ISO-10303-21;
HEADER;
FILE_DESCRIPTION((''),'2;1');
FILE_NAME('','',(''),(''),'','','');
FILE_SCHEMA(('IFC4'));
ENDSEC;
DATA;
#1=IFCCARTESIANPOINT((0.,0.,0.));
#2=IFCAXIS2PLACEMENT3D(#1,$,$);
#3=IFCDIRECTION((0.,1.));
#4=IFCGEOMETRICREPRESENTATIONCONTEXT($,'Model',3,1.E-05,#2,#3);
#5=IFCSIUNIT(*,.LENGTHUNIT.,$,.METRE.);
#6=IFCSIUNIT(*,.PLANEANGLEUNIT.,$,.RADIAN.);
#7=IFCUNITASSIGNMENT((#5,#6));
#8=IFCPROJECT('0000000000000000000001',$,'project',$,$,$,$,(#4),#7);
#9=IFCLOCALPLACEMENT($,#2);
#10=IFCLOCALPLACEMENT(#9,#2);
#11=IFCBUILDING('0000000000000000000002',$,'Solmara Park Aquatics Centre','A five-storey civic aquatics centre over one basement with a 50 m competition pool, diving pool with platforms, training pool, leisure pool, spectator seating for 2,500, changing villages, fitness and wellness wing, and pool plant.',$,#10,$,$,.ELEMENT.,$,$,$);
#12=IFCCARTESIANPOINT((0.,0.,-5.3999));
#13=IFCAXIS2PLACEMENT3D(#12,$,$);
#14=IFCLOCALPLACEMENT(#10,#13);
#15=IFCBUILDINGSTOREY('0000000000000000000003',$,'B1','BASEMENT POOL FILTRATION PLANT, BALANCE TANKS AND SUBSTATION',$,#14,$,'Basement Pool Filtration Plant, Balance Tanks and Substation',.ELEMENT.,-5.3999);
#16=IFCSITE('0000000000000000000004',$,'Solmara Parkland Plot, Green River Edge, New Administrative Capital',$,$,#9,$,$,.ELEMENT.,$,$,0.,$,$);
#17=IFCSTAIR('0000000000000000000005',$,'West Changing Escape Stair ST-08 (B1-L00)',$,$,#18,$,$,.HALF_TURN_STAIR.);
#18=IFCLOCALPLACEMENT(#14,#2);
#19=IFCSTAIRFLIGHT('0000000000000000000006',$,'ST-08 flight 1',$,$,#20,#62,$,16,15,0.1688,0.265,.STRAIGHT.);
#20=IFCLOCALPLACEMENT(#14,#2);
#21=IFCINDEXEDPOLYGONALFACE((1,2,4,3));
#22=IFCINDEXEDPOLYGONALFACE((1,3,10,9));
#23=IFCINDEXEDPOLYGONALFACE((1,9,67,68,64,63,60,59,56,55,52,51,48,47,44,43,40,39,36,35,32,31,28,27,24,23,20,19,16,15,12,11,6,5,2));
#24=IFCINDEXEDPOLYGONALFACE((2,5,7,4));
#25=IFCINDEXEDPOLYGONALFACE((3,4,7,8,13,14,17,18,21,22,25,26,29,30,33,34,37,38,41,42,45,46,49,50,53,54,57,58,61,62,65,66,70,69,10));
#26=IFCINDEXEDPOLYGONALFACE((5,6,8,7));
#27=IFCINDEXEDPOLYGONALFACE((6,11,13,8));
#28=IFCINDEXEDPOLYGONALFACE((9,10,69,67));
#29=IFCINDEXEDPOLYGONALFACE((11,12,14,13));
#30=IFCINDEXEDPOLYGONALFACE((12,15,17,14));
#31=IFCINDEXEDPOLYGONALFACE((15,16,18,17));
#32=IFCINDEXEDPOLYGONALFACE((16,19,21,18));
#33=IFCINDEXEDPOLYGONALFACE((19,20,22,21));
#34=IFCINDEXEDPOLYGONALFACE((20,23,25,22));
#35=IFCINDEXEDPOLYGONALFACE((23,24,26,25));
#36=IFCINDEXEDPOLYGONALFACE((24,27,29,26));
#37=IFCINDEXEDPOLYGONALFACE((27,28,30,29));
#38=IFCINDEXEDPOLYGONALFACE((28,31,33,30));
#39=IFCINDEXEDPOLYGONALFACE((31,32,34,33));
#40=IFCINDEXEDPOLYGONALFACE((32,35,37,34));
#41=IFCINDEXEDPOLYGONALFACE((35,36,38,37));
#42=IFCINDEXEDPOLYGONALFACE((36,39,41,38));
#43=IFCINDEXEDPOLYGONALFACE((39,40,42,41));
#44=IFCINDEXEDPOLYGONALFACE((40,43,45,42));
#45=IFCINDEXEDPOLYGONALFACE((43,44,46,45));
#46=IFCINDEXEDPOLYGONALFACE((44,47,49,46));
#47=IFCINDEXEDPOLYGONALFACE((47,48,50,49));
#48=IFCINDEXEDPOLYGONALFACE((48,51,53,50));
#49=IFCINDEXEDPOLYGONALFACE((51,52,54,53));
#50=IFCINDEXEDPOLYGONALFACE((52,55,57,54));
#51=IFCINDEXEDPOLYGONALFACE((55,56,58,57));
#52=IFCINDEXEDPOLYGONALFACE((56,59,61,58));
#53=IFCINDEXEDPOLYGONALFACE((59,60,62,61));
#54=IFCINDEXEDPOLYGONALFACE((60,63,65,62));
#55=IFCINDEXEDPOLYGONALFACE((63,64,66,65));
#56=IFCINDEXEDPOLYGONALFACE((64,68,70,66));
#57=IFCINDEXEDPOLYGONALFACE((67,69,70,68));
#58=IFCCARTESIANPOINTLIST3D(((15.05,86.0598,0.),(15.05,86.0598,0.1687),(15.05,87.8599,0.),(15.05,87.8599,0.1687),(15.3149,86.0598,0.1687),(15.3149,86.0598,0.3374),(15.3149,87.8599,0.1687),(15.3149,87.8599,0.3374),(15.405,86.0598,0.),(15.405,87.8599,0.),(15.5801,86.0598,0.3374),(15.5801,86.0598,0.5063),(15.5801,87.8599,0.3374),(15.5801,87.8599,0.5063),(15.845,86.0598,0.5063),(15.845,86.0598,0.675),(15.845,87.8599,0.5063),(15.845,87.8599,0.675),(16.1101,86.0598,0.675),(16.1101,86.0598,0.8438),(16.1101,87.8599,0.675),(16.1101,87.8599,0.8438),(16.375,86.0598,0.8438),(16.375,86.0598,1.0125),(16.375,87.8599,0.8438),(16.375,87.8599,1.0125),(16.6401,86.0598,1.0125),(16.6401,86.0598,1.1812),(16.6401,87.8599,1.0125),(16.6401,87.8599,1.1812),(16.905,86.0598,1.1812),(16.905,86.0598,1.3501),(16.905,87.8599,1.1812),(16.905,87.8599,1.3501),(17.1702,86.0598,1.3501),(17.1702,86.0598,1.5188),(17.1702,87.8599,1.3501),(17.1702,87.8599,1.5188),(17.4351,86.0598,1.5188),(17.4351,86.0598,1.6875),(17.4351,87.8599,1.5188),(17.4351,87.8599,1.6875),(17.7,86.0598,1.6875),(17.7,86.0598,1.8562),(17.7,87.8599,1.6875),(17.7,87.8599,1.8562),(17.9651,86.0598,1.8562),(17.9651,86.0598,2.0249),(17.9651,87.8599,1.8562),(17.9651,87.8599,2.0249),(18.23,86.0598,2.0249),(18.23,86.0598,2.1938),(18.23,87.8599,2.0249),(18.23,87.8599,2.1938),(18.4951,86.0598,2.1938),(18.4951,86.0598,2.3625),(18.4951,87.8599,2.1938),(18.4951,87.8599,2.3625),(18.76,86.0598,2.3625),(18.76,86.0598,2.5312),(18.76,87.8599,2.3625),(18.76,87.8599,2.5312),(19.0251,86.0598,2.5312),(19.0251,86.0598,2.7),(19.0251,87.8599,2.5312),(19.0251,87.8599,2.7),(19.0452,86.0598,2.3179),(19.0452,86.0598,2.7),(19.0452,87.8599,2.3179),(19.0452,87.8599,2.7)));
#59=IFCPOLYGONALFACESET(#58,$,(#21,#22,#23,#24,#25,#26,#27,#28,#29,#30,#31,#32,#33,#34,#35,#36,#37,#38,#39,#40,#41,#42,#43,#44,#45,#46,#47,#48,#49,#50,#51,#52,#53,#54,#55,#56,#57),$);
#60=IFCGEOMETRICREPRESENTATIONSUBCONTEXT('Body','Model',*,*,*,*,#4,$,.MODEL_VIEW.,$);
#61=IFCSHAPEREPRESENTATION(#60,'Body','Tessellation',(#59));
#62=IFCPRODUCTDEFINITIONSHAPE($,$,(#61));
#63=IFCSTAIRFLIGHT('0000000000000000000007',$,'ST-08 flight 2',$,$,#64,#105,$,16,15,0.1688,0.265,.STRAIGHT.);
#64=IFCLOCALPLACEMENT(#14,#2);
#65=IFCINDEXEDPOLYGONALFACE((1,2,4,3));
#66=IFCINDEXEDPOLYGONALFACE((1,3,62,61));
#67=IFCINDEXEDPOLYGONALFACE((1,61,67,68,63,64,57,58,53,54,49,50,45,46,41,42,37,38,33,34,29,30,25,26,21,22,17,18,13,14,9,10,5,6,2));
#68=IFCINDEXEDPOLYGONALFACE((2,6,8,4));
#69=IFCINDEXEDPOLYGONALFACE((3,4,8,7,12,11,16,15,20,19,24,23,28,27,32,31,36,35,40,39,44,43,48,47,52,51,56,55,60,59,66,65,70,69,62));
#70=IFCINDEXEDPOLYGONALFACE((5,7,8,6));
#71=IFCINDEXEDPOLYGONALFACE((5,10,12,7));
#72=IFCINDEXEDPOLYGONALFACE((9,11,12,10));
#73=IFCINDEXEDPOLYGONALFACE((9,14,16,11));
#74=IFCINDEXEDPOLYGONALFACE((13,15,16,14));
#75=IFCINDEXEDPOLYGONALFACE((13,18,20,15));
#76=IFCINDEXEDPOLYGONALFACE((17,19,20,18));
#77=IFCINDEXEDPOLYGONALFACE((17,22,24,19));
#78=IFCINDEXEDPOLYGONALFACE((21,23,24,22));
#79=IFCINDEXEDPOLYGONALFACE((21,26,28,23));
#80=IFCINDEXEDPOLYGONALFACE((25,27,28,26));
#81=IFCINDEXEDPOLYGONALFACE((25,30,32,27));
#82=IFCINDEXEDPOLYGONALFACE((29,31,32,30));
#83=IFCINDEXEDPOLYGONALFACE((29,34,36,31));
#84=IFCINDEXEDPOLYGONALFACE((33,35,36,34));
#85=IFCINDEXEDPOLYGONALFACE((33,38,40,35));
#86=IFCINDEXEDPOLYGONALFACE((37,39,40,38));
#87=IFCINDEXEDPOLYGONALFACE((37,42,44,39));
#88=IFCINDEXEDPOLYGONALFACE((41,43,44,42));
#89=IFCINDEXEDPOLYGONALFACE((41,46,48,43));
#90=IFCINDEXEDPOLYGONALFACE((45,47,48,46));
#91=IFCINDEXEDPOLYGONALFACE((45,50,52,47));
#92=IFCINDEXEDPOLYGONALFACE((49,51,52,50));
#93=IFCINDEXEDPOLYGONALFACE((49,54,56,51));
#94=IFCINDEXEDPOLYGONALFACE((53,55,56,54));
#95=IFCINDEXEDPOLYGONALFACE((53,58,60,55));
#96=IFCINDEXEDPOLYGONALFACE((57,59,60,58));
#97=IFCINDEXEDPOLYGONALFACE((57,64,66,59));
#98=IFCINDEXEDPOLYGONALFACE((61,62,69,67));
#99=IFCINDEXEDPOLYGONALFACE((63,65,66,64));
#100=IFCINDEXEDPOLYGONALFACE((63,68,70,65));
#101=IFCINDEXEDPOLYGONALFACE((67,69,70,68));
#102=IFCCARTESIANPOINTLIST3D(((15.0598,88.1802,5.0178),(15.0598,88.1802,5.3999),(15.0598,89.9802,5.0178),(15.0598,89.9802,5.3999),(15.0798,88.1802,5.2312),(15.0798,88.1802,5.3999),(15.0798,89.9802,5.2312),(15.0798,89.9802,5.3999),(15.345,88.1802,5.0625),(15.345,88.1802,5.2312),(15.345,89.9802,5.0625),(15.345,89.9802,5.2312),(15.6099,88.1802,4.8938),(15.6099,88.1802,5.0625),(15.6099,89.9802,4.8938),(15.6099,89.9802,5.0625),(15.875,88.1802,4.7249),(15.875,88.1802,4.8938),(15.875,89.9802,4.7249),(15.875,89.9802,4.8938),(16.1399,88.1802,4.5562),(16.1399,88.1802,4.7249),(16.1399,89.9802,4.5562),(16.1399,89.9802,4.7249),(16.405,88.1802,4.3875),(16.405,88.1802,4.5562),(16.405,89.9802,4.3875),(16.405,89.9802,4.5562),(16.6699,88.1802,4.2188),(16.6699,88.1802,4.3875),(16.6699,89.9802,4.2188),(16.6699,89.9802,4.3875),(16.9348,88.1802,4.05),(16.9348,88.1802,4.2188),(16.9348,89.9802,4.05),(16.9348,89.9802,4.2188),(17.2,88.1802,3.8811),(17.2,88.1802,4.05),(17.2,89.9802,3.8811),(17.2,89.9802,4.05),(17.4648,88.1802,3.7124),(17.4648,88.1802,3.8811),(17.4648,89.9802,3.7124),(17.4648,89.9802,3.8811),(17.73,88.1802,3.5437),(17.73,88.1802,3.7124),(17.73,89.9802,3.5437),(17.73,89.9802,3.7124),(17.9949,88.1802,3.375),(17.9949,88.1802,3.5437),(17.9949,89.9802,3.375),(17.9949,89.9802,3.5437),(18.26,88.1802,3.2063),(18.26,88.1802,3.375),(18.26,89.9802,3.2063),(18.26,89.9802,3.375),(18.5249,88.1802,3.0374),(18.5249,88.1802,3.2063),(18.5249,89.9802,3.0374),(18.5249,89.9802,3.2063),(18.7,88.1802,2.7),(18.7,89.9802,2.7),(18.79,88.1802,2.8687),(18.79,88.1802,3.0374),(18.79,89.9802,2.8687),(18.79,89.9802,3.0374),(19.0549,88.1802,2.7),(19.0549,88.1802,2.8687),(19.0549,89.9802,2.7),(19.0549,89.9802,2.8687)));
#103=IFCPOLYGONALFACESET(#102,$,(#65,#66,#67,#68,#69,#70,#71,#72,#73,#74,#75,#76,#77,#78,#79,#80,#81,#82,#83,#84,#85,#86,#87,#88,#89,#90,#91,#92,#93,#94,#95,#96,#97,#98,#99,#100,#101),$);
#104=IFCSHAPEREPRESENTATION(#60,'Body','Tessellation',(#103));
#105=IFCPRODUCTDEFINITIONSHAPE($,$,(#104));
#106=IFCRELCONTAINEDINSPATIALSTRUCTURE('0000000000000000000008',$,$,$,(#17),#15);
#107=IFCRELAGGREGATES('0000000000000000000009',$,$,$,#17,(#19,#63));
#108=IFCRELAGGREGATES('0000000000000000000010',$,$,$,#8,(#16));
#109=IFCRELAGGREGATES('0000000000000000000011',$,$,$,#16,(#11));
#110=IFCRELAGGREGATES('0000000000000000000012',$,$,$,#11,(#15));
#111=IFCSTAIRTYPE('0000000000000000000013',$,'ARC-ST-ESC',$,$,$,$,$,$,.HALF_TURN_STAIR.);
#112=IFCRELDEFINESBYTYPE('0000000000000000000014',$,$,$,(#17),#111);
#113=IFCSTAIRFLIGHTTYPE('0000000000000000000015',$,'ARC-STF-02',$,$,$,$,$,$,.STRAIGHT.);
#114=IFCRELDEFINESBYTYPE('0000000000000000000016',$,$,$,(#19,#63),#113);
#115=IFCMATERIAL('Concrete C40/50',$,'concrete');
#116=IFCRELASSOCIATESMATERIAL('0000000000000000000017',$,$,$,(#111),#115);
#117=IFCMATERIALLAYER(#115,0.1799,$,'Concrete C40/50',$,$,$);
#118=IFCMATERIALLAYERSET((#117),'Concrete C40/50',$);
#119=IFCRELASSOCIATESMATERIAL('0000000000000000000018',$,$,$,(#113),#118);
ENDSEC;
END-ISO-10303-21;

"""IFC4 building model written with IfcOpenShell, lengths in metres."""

from ifc_helpers import new_model, si_unit, direction, frame, origin, place, context, subcontext, project, spatial, polyline, outline, extrude, material, layer, layer_set, type_object, element, aggregate, save


model = new_model("IFC4")

# Units and contexts
model_context = context("Model", 3, precision=1e-05, world=origin(), true_north=direction((0.0, 1.0)))
body_context = subcontext(model_context, "Body", "Model", "MODEL_VIEW")
ifc_project = project(units=[si_unit("LENGTHUNIT", "METRE"), si_unit("PLANEANGLEUNIT", "RADIAN")], contexts=[model_context])

# Site, building, storey
site_placement = place(None, origin())
site = spatial("IfcSite", under=ifc_project, at=site_placement, Name="Solmara Parkland Plot, Green River Edge, New Administrative Capital", CompositionType="ELEMENT", RefElevation=0.0)
building_placement = place(site_placement, origin())
building = spatial("IfcBuilding", under=site, at=building_placement, Name="Solmara Park Aquatics Centre", Description="A five-storey civic aquatics centre over one basement with a 50 m competition pool, diving pool with platforms, training pool, leisure pool, spectator seating for 2,500, changing villages, fitness and wellness wing, and pool plant.", CompositionType="ELEMENT")
storey_placement = place(building_placement, frame((0.0, 0.0, -5.3999)))
storey = spatial("IfcBuildingStorey", under=building, at=storey_placement, Name="B1", Description="BASEMENT POOL FILTRATION PLANT, BALANCE TANKS AND SUBSTATION", LongName="Basement Pool Filtration Plant, Balance Tanks and Substation", CompositionType="ELEMENT", Elevation=-5.3999)

# Shared definitions
ifc_material_1 = material(Name="Concrete C40/50", Category="concrete")

# Stair, stair flights
stair_type = type_object("IfcStairType", Name="ARC-ST-ESC", PredefinedType="HALF_TURN_STAIR", material=ifc_material_1)
stair_placement = place(storey_placement, origin())
stair = element("IfcStair", 1, at=stair_placement, inside=storey, type_object=stair_type, Name="West Changing Escape Stair ST-08 (B1-L00)", PredefinedType="HALF_TURN_STAIR")
ifc_layer_1 = layer(ifc_material_1, 0.1799, Name="Concrete C40/50")
ifc_layer_set_1 = layer_set([ifc_layer_1], Name="Concrete C40/50")
stair_flight_type = type_object("IfcStairFlightType", Name="ARC-STF-02", PredefinedType="STRAIGHT", material=ifc_layer_set_1)
stair_flight_1_placement = place(storey_placement, frame((15.05, 86.96, 0.0), z_axis=(0.0, 0.0, 1.0), x_axis=(1.0, 0.0, 0.0)))
stair_flight_1 = element("IfcStairFlight", 2, at=stair_flight_1_placement, type_object=stair_flight_type, Name="ST-08 flight 1", NumberOfRisers=16, NumberOfTreads=15, PredefinedType="STRAIGHT", RiserHeight=0.1688, TreadLength=0.265, context=body_context, shape_type="SweptSolid", body=[
    extrude(outline(polyline([(0.0, 0.0), (0.0, 0.1687), (0.2649, 0.1687), (0.2649, 0.3374), (0.53, 0.3374), (0.53, 0.5063), (0.7949, 0.5063), (0.7949, 0.675), (1.0601, 0.675), (1.0601, 0.8438), (1.325, 0.8438), (1.325, 1.0125), (1.5901, 1.0125), (1.5901, 1.1812), (1.855, 1.1812), (1.855, 1.3501), (2.1201, 1.3501), (2.1201, 1.5188), (2.385, 1.5188), (2.385, 1.6875), (2.6499, 1.6875), (2.6499, 1.8562), (2.915, 1.8562), (2.915, 2.0249), (3.1799, 2.0249), (3.1799, 2.1938), (3.4451, 2.1938), (3.4451, 2.3625), (3.71, 2.3625), (3.71, 2.5312), (3.9751, 2.5312), (3.9751, 2.7), (3.9951, 2.7), (3.9951, 2.3179), (0.355, 0.0), (0.0, 0.0)])), frame((0.0, 0.8999, 0.0), z_axis=(0.0, -1.0, 0.0), x_axis=(1.0, 0.0, 0.0)), (0.0, 0.0, 1.0), 1.8),
])
stair_flight_2_placement = place(storey_placement, frame((19.0549, 89.0801, 2.7), z_axis=(0.0, 0.0, 1.0), x_axis=(-1.0, 0.0, 0.0)))
stair_flight_2 = element("IfcStairFlight", 3, at=stair_flight_2_placement, type_object=stair_flight_type, Name="ST-08 flight 2", NumberOfRisers=16, NumberOfTreads=15, PredefinedType="STRAIGHT", RiserHeight=0.1688, TreadLength=0.265, context=body_context, shape_type="SweptSolid", body=[
    extrude(outline(polyline([(0.0, 0.0), (0.0, 0.1687), (0.2649, 0.1687), (0.2649, 0.3374), (0.53, 0.3374), (0.53, 0.5063), (0.7949, 0.5063), (0.7949, 0.675), (1.0601, 0.675), (1.0601, 0.8438), (1.325, 0.8438), (1.325, 1.0125), (1.5901, 1.0125), (1.5901, 1.1812), (1.855, 1.1812), (1.855, 1.3501), (2.1201, 1.3501), (2.1201, 1.5188), (2.385, 1.5188), (2.385, 1.6875), (2.6499, 1.6875), (2.6499, 1.8562), (2.915, 1.8562), (2.915, 2.0249), (3.1799, 2.0249), (3.1799, 2.1938), (3.4451, 2.1938), (3.4451, 2.3625), (3.71, 2.3625), (3.71, 2.5312), (3.9751, 2.5312), (3.9751, 2.7), (3.9951, 2.7), (3.9951, 2.3179), (0.355, 0.0), (0.0, 0.0)])), frame((0.0, 0.8999, 0.0), z_axis=(0.0, -1.0, 0.0), x_axis=(1.0, 0.0, 0.0)), (0.0, 0.0, 1.0), 1.8),
])
aggregate(stair, [stair_flight_1, stair_flight_2])

save(model, "model.ifc")
